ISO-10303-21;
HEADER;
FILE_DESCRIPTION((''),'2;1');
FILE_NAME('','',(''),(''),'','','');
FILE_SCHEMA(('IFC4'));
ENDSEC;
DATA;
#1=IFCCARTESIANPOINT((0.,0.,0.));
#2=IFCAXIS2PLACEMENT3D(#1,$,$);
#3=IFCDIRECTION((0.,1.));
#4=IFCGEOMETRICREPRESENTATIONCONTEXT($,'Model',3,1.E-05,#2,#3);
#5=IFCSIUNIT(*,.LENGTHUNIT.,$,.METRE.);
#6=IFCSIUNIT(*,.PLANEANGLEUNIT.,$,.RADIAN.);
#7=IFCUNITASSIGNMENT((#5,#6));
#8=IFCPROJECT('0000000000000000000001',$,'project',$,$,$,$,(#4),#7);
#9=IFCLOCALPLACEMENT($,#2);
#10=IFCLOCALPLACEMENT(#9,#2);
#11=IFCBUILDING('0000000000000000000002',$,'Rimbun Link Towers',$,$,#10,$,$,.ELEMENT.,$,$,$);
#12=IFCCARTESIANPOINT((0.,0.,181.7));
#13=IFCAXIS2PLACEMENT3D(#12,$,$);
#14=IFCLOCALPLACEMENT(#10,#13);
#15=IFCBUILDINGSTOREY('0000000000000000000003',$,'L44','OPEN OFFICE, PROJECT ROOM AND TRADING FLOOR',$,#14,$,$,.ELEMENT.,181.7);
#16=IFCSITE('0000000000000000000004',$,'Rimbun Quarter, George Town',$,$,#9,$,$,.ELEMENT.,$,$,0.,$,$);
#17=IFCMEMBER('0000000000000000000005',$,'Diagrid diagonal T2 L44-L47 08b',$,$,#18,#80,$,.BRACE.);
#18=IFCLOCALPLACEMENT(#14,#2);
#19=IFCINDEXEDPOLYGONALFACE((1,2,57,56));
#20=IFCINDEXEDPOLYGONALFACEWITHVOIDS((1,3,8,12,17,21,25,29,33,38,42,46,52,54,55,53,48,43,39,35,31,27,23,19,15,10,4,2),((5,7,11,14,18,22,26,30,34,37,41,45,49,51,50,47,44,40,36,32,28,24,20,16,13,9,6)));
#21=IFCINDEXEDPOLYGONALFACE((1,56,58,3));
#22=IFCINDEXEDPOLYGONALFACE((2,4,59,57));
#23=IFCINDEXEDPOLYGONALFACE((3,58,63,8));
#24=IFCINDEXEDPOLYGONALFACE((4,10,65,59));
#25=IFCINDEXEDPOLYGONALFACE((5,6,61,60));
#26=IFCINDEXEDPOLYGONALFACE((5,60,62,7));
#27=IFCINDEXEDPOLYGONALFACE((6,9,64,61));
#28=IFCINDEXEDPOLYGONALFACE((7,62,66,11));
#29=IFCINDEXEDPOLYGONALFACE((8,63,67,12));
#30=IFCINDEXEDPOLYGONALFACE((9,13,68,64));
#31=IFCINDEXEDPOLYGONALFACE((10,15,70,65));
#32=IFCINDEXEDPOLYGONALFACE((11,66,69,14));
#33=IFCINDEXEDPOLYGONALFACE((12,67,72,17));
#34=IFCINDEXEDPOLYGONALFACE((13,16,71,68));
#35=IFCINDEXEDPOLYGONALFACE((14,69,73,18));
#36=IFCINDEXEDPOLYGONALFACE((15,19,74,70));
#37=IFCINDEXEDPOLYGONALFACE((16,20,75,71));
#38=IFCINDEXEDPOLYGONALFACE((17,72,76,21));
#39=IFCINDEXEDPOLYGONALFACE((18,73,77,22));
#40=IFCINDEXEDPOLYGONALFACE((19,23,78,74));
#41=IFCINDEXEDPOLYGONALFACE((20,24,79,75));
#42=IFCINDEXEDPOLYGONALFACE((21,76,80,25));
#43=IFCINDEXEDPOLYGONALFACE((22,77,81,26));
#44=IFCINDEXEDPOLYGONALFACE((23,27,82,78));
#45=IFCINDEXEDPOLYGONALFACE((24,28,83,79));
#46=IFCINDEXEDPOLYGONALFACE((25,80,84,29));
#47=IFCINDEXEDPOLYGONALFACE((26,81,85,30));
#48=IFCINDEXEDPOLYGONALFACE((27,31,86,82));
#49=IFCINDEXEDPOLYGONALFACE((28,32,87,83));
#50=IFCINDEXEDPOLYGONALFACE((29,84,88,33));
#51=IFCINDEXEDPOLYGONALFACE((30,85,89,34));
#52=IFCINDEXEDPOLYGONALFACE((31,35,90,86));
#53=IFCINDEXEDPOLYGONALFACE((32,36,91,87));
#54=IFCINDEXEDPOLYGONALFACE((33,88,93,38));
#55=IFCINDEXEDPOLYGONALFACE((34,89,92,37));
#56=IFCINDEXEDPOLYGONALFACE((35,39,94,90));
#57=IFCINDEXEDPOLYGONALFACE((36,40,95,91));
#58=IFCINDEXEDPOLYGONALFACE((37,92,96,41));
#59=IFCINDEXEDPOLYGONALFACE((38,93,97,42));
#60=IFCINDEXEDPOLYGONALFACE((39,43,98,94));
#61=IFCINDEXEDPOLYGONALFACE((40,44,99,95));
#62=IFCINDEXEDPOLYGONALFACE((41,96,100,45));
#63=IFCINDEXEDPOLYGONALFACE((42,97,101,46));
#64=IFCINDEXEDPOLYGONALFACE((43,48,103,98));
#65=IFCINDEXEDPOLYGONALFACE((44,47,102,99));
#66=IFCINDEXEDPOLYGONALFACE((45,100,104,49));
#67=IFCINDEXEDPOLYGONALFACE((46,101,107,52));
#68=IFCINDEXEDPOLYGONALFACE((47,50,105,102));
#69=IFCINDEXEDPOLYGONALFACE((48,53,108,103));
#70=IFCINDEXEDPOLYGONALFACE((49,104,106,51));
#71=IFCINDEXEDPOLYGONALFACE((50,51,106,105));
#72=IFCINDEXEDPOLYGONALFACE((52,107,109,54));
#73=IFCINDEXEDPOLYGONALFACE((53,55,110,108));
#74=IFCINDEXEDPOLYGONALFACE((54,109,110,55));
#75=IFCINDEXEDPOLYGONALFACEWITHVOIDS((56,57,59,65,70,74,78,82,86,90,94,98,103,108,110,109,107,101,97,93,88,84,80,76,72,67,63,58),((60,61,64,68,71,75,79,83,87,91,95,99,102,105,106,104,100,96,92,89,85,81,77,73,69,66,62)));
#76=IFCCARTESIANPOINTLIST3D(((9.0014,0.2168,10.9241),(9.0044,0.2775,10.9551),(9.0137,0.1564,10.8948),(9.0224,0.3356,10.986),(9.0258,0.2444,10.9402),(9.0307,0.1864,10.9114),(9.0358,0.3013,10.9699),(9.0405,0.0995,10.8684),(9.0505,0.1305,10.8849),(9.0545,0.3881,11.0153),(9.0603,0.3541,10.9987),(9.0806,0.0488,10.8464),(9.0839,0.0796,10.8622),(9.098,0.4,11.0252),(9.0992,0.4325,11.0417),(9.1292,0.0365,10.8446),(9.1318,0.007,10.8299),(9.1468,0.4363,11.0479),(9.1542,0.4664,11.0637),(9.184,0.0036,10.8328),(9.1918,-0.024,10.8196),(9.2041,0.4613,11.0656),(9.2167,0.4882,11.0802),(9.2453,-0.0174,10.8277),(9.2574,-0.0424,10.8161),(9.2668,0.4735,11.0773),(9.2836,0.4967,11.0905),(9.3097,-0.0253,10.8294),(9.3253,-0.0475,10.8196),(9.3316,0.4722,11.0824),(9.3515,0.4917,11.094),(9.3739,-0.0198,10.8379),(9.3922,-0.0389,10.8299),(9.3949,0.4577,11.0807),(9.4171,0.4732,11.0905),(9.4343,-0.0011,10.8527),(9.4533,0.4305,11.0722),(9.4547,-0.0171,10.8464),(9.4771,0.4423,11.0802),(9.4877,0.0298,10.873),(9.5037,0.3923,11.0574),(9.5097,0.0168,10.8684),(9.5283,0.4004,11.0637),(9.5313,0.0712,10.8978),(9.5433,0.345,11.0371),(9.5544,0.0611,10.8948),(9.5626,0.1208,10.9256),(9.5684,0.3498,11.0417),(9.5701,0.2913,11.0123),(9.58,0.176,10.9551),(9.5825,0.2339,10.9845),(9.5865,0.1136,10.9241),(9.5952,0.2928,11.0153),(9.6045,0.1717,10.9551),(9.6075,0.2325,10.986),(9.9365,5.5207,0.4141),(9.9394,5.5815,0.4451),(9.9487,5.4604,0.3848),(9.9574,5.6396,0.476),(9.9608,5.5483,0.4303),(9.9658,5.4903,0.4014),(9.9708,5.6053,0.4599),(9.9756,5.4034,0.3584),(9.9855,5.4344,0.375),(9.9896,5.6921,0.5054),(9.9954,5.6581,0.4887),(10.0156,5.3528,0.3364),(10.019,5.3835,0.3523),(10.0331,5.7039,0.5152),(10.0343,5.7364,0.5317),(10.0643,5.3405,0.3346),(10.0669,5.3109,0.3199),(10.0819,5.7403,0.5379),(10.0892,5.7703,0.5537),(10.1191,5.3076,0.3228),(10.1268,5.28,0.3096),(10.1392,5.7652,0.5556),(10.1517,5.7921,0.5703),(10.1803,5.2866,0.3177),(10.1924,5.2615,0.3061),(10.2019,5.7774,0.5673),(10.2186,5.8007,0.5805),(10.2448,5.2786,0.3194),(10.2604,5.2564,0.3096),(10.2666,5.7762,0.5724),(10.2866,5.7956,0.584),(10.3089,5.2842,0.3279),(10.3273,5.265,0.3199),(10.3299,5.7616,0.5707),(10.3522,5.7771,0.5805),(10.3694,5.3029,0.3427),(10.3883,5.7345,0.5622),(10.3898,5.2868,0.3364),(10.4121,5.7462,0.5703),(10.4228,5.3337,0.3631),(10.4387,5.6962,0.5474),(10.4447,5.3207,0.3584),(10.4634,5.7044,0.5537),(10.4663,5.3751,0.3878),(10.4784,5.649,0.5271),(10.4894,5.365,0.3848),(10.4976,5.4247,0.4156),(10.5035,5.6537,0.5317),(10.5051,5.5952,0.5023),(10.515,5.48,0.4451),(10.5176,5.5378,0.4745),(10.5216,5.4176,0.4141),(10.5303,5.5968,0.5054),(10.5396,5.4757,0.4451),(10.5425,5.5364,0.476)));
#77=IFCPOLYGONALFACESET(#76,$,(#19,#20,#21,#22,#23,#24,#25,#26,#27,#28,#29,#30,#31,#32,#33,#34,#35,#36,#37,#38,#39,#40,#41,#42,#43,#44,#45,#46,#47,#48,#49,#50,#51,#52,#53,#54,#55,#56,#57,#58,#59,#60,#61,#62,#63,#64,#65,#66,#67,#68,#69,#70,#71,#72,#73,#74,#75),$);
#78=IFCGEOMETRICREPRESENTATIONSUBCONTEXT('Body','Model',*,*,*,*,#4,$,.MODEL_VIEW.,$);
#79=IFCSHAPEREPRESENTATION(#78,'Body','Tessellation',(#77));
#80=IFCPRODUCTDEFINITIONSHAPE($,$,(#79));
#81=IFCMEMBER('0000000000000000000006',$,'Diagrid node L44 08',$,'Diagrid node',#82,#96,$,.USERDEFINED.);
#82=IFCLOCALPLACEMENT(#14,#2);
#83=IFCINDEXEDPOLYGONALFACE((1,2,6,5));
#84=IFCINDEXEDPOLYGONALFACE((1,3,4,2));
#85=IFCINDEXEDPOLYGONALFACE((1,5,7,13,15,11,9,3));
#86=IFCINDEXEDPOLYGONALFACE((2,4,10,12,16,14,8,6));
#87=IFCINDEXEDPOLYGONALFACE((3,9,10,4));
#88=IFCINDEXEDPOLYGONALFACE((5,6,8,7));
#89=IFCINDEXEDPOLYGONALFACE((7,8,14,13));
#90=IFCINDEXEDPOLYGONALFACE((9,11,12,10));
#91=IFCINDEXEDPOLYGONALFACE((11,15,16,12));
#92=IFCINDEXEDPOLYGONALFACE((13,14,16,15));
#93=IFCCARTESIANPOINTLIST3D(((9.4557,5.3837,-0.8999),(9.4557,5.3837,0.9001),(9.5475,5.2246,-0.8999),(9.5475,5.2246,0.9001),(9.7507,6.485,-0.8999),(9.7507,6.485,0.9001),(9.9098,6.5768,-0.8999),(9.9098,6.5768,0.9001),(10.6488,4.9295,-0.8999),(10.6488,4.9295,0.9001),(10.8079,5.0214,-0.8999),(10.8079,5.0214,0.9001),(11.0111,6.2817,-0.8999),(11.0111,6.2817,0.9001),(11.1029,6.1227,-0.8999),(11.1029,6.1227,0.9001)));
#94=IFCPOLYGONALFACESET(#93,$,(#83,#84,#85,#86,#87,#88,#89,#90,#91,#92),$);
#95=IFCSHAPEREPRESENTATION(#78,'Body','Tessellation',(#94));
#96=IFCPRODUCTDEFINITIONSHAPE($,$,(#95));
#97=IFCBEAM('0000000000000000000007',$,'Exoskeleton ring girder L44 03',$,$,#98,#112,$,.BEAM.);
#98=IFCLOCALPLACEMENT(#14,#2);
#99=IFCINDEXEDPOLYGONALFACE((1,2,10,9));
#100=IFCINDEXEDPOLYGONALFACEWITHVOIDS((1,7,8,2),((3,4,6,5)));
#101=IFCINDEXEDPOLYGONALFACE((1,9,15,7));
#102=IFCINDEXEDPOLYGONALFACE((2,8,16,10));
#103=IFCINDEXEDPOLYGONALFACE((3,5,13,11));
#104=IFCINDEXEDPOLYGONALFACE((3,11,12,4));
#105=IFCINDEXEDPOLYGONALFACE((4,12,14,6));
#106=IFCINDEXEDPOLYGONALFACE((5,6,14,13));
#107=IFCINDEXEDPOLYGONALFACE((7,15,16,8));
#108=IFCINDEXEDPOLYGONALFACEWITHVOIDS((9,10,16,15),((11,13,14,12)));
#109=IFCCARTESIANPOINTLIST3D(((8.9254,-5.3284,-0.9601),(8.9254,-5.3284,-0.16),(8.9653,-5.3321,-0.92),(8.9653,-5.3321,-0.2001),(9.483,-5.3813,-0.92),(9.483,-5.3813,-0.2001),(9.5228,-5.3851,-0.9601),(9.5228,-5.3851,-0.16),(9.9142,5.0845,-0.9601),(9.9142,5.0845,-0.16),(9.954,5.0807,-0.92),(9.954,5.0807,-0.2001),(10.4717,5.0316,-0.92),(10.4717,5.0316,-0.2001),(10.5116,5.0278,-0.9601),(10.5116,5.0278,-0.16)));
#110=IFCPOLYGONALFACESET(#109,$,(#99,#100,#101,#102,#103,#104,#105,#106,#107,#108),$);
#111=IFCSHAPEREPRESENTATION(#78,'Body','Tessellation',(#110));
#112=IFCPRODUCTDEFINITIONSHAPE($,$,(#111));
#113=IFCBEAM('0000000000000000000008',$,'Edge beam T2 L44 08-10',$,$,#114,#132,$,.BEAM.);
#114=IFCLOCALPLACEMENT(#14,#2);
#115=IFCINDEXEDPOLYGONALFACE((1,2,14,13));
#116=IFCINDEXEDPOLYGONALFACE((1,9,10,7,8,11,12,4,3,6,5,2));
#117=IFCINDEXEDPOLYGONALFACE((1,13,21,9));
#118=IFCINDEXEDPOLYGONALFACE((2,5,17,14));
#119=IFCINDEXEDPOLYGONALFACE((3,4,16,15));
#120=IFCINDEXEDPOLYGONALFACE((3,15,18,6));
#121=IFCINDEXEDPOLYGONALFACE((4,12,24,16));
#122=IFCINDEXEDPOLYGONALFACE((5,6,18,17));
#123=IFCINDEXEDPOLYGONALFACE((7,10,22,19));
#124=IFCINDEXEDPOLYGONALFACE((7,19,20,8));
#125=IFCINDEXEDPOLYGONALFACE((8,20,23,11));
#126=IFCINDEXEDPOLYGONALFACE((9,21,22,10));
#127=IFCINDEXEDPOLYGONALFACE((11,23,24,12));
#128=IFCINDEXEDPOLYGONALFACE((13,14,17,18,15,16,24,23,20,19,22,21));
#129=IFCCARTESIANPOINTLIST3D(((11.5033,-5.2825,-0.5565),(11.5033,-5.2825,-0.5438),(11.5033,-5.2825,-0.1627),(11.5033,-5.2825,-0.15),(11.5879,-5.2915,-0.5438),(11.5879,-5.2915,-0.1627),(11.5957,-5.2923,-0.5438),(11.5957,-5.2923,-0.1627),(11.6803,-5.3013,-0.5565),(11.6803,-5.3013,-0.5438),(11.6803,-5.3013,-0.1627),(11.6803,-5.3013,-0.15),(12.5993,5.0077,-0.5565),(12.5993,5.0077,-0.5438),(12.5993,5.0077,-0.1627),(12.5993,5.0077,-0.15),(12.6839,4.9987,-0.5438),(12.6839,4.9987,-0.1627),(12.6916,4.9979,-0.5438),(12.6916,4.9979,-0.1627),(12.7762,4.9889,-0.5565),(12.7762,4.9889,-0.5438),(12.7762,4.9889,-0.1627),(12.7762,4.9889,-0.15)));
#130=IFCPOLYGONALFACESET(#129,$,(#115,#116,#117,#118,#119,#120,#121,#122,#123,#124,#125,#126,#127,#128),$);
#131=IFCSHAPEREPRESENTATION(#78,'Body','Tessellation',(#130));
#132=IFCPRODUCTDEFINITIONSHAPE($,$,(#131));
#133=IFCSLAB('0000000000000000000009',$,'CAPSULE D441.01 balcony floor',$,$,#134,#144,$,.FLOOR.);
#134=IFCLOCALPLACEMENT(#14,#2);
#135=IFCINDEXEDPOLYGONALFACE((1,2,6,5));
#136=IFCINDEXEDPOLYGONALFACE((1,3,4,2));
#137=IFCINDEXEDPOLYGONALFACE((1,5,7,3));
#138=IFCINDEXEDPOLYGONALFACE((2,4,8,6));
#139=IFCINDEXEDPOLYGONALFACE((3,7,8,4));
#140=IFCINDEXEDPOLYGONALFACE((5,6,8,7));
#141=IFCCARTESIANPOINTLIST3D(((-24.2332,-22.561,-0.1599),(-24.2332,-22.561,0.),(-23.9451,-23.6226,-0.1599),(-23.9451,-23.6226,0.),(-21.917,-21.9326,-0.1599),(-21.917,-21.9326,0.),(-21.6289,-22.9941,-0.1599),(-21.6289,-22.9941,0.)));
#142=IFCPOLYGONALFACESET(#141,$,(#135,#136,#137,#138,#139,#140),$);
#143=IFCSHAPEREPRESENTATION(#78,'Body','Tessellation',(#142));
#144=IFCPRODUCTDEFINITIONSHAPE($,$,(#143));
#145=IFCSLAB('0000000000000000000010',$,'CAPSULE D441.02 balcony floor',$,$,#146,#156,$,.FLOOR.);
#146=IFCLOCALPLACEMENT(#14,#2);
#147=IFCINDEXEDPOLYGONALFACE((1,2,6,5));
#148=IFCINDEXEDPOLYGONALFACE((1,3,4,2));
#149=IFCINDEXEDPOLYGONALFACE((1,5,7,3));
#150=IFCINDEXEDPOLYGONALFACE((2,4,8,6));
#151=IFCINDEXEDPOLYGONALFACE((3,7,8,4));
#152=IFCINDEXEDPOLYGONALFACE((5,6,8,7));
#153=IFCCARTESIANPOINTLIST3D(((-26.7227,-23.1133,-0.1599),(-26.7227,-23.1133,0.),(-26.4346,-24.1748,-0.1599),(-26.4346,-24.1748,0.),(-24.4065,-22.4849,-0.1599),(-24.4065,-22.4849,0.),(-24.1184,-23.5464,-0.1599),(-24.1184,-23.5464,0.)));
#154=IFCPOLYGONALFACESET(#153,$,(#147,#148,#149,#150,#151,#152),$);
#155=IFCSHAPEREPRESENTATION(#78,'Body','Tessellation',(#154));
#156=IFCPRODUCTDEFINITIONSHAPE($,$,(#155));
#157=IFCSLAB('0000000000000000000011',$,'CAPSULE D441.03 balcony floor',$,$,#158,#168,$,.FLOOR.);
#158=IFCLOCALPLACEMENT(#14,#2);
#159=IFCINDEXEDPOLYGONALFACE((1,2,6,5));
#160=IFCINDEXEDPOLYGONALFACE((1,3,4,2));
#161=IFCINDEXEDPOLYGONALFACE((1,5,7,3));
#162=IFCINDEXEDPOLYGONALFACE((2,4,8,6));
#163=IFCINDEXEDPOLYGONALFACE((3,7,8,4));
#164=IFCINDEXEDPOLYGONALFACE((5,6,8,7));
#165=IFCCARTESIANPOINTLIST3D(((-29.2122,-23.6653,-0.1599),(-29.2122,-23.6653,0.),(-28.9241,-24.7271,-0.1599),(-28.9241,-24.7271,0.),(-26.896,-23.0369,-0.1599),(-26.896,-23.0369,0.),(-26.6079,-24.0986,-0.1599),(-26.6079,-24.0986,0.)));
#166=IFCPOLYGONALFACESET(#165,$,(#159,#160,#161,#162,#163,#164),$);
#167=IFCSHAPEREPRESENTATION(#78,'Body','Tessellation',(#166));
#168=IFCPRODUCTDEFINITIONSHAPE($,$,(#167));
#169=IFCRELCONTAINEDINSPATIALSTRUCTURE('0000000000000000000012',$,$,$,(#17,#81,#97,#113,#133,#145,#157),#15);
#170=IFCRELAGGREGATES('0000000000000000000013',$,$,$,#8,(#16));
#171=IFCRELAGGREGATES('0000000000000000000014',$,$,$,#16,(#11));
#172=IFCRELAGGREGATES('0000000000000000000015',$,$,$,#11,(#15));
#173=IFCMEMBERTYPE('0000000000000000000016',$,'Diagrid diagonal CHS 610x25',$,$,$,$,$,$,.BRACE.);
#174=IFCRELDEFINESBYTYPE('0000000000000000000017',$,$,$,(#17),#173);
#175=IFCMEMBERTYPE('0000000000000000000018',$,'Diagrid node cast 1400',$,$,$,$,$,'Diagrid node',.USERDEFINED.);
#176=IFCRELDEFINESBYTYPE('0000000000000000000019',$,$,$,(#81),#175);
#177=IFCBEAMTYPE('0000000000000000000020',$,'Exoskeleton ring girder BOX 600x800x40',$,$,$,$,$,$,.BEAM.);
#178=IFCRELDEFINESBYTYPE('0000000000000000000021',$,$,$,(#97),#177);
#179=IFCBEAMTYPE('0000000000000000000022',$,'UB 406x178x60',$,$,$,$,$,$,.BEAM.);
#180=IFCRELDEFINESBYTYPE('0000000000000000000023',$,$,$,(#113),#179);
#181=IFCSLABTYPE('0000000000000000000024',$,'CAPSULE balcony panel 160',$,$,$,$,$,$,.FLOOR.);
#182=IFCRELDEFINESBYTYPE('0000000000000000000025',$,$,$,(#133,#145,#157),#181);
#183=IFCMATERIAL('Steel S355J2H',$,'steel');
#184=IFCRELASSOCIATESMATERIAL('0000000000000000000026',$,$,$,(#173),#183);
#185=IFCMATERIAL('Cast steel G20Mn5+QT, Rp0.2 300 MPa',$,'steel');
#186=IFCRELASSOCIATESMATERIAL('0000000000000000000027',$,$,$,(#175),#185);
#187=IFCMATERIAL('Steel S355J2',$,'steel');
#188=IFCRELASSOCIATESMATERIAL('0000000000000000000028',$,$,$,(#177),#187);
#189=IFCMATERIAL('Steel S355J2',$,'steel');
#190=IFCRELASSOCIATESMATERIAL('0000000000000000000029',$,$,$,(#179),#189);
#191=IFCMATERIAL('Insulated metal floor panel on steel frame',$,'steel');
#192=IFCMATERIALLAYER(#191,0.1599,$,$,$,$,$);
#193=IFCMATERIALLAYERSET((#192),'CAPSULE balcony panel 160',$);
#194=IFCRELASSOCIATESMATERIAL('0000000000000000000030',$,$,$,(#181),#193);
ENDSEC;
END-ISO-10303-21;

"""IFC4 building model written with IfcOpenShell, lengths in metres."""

from ifc_helpers import new_model, si_unit, direction, frame, origin, origin_2d, place, context, subcontext, project, spatial, polyline, hollow_rectangle, hollow_circle, i_section, outline, extrude, material, layer, layer_set, material_profile, profile_set, type_object, element, save


model = new_model("IFC4")

# Units and contexts
model_context = context("Model", 3, precision=1e-05, world=origin(), true_north=direction((0.0, 1.0)))
body_context = subcontext(model_context, "Body", "Model", "MODEL_VIEW")
ifc_project = project(units=[si_unit("LENGTHUNIT", "METRE"), si_unit("PLANEANGLEUNIT", "RADIAN")], contexts=[model_context])

# Site, building, storey
site_placement = place(None, origin())
site = spatial("IfcSite", under=ifc_project, at=site_placement, Name="Rimbun Quarter, George Town", CompositionType="ELEMENT", RefElevation=0.0)
building_placement = place(site_placement, origin())
building = spatial("IfcBuilding", under=site, at=building_placement, Name="Rimbun Link Towers", CompositionType="ELEMENT")
storey_placement = place(building_placement, frame((0.0, 0.0, 181.7)))
storey = spatial("IfcBuildingStorey", under=building, at=storey_placement, Name="L44", Description="OPEN OFFICE, PROJECT ROOM AND TRADING FLOOR", CompositionType="ELEMENT", Elevation=181.7)

# Members
ifc_material_1 = material(Name="Steel S355J2H", Category="steel")
ifc_material_profile_1 = material_profile(ifc_material_1, hollow_circle(Radius=0.3047, WallThickness=0.0249, at=origin_2d()), Name="Diagrid diagonal CHS 610x25")
ifc_profile_set_1 = profile_set([ifc_material_profile_1], Name="Steel S355J2H")
member_type_1 = type_object("IfcMemberType", Name="Diagrid diagonal CHS 610x25", PredefinedType="BRACE", material=ifc_profile_set_1)
member_1_placement = place(storey_placement, frame((10.2395, 5.5286, 0.4451), z_axis=(-0.079178, -0.449122, 0.889955), x_axis=(0.984813, -0.173617, 0.0)))
element("IfcMember", 1, at=member_1_placement, inside=storey, type_object=member_type_1, Name="Diagrid diagonal T2 L44-L47 08b", PredefinedType="BRACE", context=body_context, shape_type="SweptSolid", body=[
    extrude(hollow_circle(Radius=0.3047, WallThickness=0.0249, at=origin_2d()), origin(), (0.0, 0.0, 1.0), 11.8096),
])
ifc_material_2 = material(Name="Cast steel G20Mn5+QT, Rp0.2 300 MPa", Category="steel")
ifc_material_profile_2 = material_profile(ifc_material_2, outline(polyline([(0.7, -0.5701), (0.7, 0.5701), (0.5701, 0.7), (-0.5701, 0.7), (-0.7, 0.5701), (-0.7, -0.5701), (-0.5701, -0.7), (0.5701, -0.7), (0.7, -0.5701)])), Name="NODE 1400x1400")
ifc_profile_set_2 = profile_set([ifc_material_profile_2], Name="Cast steel G20Mn5+QT, Rp0.2 300 MPa")
member_type_2 = type_object("IfcMemberType", Name="Diagrid node cast 1400", ElementType="Diagrid node", PredefinedType="USERDEFINED", material=ifc_profile_set_2)
member_2_placement = place(storey_placement, frame((10.2793, 5.7532, -0.8999), z_axis=(0.0, 0.0, 1.0), x_axis=(-0.965926, 0.258819, 0.0)))
element("IfcMember", 2, at=member_2_placement, inside=storey, type_object=member_type_2, Name="Diagrid node L44 08", ObjectType="Diagrid node", PredefinedType="USERDEFINED", context=body_context, shape_type="SweptSolid", body=[
    extrude(outline(polyline([(0.7, -0.5701), (0.7, 0.5701), (0.5701, 0.7), (-0.5701, 0.7), (-0.7, 0.5701), (-0.7, -0.5701), (-0.5701, -0.7), (0.5701, -0.7), (0.7, -0.5701)])), origin(), (0.0, 0.0, 1.0), 1.8),
])

# Beams
ifc_material_3 = material(Name="Steel S355J2", Category="steel")
ifc_material_profile_3 = material_profile(ifc_material_3, hollow_rectangle(XDim=0.6001, YDim=0.8, WallThickness=0.04, at=origin_2d()), Name="Exoskeleton ring girder BOX 600x800x40")
ifc_profile_set_3 = profile_set([ifc_material_profile_3], Name="Steel S355J2")
beam_type_1 = type_object("IfcBeamType", Name="Exoskeleton ring girder BOX 600x800x40", PredefinedType="BEAM", material=ifc_profile_set_3)
beam_1_placement = place(storey_placement, frame((10.2129, 5.0562, -0.5601), z_axis=(-0.094532, -0.995522, 0.0), x_axis=(0.995522, -0.094532, 0.0)))
element("IfcBeam", 3, at=beam_1_placement, inside=storey, type_object=beam_type_1, Name="Exoskeleton ring girder L44 03", PredefinedType="BEAM", context=body_context, shape_type="SweptSolid", body=[
    extrude(hollow_rectangle(XDim=0.6001, YDim=0.8, WallThickness=0.04, at=origin_2d()), origin(), (0.0, 0.0, 1.0), 10.4597),
])
ifc_material_4 = material(Name="Steel S355J2", Category="steel")
ifc_material_profile_4 = material_profile(ifc_material_4, i_section(OverallWidth=0.178, OverallDepth=0.4065, WebThickness=0.0078, FlangeThickness=0.0127, at=origin_2d()), Name="UB 406x178x60")
ifc_profile_set_4 = profile_set([ifc_material_profile_4], Name="Steel S355J2")
beam_type_2 = type_object("IfcBeamType", Name="UB 406x178x60", PredefinedType="BEAM", material=ifc_profile_set_4)
beam_2_placement = place(storey_placement, frame((12.6877, 4.9983, -0.3533), z_axis=(-0.105904, -0.994376, 0.0), x_axis=(0.994376, -0.105904, 0.0)))
element("IfcBeam", 4, at=beam_2_placement, inside=storey, type_object=beam_type_2, Name="Edge beam T2 L44 08-10", PredefinedType="BEAM", context=body_context, shape_type="SweptSolid", body=[
    extrude(i_section(OverallWidth=0.178, OverallDepth=0.4065, WebThickness=0.0078, FlangeThickness=0.0127, at=origin_2d()), origin(), (0.0, 0.0, 1.0), 10.3484),
])

# Slabs
ifc_material_5 = material(Name="Insulated metal floor panel on steel frame", Category="steel")
ifc_layer_1 = layer(ifc_material_5, 0.1599)
ifc_layer_set_1 = layer_set([ifc_layer_1], Name="CAPSULE balcony panel 160")
slab_type_1 = type_object("IfcSlabType", Name="CAPSULE balcony panel 160", PredefinedType="FLOOR", material=ifc_layer_set_1)
slab_1_placement = place(storey_placement, frame((0.0, 0.0, -0.1599)))
element("IfcSlab", 5, at=slab_1_placement, inside=storey, type_object=slab_type_1, Name="CAPSULE D441.01 balcony floor", PredefinedType="FLOOR", context=body_context, shape_type="SweptSolid", body=[
    extrude(outline(polyline([(-23.9451, -23.6226), (-21.6289, -22.9941), (-21.917, -21.9326), (-24.2332, -22.561), (-23.9451, -23.6226)])), origin(), (0.0, 0.0, 1.0), 0.1599),
])
slab_2_placement = place(storey_placement, frame((0.0, 0.0, -0.1599)))
element("IfcSlab", 6, at=slab_2_placement, inside=storey, type_object=slab_type_1, Name="CAPSULE D441.02 balcony floor", PredefinedType="FLOOR", context=body_context, shape_type="SweptSolid", body=[
    extrude(outline(polyline([(-26.4346, -24.1748), (-24.1184, -23.5464), (-24.4065, -22.4849), (-26.7227, -23.1133), (-26.4346, -24.1748)])), origin(), (0.0, 0.0, 1.0), 0.1599),
])
slab_3_placement = place(storey_placement, frame((0.0, 0.0, -0.1599)))
element("IfcSlab", 7, at=slab_3_placement, inside=storey, type_object=slab_type_1, Name="CAPSULE D441.03 balcony floor", PredefinedType="FLOOR", context=body_context, shape_type="SweptSolid", body=[
    extrude(outline(polyline([(-28.9241, -24.7271), (-26.6079, -24.0986), (-26.896, -23.0369), (-29.2122, -23.6653), (-28.9241, -24.7271)])), origin(), (0.0, 0.0, 1.0), 0.1599),
])

save(model, "model.ifc")
